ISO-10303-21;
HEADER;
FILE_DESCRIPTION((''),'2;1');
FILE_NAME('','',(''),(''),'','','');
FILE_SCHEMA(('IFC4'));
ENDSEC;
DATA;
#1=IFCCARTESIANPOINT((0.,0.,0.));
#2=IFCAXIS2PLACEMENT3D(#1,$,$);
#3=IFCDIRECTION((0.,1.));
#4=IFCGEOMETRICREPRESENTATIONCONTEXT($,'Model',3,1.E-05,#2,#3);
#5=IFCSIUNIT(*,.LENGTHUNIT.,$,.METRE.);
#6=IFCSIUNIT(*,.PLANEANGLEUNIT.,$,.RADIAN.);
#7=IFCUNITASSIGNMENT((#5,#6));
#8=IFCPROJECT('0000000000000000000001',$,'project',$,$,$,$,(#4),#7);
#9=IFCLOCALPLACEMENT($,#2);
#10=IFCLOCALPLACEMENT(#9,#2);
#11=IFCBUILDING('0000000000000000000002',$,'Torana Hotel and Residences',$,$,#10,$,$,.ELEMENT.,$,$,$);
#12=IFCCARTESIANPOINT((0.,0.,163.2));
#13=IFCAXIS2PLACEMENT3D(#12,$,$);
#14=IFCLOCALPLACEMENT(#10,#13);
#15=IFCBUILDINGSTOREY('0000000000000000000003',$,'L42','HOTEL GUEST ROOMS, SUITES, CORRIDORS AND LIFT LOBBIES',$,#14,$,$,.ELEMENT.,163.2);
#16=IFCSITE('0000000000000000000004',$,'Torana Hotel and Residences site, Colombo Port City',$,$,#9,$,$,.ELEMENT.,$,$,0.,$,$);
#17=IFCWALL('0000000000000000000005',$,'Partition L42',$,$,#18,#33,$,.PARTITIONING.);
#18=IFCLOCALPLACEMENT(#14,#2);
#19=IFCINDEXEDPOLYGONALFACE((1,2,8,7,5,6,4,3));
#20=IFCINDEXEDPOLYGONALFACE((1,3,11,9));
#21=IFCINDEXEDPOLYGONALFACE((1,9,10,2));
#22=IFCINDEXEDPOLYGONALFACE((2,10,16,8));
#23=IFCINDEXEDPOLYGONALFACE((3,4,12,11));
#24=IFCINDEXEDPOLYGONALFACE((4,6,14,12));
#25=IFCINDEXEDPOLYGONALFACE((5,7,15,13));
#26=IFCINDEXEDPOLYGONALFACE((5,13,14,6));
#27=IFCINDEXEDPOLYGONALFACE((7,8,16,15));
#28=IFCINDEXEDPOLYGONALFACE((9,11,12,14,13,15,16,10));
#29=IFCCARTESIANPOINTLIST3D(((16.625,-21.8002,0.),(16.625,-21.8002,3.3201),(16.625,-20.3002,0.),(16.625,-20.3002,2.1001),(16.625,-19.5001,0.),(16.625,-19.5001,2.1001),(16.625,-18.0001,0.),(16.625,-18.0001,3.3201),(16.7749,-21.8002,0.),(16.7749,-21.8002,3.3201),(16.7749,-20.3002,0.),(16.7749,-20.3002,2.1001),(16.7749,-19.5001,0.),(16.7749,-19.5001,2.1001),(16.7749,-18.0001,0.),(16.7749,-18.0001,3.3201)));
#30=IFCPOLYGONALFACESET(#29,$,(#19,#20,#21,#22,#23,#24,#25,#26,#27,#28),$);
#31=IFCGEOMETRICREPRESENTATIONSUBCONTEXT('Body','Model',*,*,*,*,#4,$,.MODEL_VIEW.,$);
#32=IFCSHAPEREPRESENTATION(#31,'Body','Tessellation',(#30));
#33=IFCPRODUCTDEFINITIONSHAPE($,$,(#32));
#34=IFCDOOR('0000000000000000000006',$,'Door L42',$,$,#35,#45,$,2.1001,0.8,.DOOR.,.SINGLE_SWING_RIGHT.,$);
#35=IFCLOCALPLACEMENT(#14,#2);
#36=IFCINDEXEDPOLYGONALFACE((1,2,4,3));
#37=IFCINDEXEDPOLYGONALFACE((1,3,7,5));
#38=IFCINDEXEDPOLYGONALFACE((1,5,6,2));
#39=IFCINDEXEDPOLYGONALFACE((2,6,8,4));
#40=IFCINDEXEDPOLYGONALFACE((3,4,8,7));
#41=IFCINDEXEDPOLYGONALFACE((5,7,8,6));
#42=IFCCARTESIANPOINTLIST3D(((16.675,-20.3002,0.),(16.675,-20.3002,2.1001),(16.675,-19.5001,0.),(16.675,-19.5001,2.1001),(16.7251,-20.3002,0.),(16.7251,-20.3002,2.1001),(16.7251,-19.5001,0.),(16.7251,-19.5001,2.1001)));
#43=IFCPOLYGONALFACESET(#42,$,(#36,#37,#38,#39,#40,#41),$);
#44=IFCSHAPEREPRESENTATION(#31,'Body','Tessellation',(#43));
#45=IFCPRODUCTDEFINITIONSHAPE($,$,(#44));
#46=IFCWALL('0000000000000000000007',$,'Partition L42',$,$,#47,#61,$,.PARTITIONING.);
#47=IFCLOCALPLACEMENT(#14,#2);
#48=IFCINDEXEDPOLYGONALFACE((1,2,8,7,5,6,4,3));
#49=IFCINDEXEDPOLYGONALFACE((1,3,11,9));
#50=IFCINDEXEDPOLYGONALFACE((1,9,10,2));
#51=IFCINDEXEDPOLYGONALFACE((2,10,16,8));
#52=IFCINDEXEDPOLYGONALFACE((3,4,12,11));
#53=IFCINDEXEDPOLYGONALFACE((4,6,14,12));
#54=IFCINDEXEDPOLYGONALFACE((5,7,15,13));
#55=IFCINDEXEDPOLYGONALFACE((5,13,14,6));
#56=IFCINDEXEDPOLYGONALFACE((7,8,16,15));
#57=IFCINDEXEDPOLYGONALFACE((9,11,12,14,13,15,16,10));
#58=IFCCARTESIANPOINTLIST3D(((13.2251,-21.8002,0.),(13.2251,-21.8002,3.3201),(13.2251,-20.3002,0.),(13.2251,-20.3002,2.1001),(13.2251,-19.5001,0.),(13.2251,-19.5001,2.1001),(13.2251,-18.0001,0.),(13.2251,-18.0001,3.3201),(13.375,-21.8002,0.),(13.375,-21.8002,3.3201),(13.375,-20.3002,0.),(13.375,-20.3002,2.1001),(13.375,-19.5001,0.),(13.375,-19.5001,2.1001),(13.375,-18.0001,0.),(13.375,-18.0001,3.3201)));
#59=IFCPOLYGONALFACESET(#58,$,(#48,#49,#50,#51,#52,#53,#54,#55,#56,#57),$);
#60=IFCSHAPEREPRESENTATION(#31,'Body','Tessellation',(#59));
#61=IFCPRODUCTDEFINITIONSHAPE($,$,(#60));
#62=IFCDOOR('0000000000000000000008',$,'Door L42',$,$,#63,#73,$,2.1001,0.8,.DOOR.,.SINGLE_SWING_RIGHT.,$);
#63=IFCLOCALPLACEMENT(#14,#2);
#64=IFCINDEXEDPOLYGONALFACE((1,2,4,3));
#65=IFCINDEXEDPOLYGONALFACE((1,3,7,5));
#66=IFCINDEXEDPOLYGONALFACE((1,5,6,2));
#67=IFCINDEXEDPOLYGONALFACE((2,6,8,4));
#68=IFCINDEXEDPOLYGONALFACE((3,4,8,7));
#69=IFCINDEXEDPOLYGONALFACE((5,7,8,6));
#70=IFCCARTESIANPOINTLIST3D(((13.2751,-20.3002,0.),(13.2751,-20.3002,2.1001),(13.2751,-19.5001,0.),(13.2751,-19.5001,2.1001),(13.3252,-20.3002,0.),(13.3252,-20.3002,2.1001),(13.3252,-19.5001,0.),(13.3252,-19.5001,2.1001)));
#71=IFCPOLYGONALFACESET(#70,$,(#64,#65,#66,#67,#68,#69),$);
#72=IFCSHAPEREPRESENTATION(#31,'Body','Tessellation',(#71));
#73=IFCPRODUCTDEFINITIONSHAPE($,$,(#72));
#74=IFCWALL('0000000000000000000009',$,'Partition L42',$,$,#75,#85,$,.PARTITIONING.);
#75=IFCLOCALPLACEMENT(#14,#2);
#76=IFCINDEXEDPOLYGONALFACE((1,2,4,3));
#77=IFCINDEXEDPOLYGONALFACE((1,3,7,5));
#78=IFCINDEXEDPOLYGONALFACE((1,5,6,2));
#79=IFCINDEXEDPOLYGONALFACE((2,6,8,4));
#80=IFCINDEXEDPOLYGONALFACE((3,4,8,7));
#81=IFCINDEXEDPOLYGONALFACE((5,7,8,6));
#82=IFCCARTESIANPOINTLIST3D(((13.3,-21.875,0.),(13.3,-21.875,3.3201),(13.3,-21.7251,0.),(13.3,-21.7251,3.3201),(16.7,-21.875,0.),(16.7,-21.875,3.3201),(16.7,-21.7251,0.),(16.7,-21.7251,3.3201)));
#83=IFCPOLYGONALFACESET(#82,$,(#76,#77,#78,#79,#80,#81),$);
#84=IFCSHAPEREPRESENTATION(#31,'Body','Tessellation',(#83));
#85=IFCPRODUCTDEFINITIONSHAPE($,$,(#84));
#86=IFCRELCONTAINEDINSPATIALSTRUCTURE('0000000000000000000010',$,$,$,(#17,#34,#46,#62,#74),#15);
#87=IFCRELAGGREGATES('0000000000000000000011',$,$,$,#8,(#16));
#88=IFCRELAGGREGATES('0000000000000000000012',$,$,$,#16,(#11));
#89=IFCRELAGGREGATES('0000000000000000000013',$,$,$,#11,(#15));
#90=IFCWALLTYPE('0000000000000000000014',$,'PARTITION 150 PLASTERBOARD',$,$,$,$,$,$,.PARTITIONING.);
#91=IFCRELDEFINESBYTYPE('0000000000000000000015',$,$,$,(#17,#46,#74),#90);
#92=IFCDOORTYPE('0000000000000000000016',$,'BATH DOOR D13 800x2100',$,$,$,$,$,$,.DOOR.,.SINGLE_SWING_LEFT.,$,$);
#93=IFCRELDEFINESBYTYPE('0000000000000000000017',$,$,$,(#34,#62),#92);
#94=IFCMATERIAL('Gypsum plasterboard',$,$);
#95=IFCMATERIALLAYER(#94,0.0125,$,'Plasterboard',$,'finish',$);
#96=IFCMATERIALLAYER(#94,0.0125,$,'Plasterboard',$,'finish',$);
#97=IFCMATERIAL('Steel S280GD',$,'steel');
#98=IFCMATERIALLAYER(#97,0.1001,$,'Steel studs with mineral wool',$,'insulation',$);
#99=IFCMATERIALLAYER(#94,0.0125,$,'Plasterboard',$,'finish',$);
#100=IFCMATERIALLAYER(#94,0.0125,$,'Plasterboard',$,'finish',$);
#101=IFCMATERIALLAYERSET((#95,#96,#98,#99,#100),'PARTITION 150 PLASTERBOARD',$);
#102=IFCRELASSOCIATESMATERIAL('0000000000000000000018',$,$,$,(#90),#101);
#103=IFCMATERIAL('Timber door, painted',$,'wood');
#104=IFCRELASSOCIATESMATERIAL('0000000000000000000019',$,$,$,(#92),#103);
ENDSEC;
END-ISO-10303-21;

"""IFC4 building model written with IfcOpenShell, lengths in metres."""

from ifc_helpers import new_model, si_unit, direction, frame, frame_2d, origin, place, context, subcontext, project, spatial, rectangle, extrude, material, layer, layer_set, type_object, element, fill, save


model = new_model("IFC4")

# Units and contexts
model_context = context("Model", 3, precision=1e-05, world=origin(), true_north=direction((0.0, 1.0)))
body_context = subcontext(model_context, "Body", "Model", "MODEL_VIEW")
ifc_project = project(units=[si_unit("LENGTHUNIT", "METRE"), si_unit("PLANEANGLEUNIT", "RADIAN")], contexts=[model_context])

# Site, building, storey
site_placement = place(None, origin())
site = spatial("IfcSite", under=ifc_project, at=site_placement, Name="Torana Hotel and Residences site, Colombo Port City", CompositionType="ELEMENT", RefElevation=0.0)
building_placement = place(site_placement, origin())
building = spatial("IfcBuilding", under=site, at=building_placement, Name="Torana Hotel and Residences", CompositionType="ELEMENT")
storey_placement = place(building_placement, frame((0.0, 0.0, 163.2)))
storey = spatial("IfcBuildingStorey", under=building, at=storey_placement, Name="L42", Description="HOTEL GUEST ROOMS, SUITES, CORRIDORS AND LIFT LOBBIES", CompositionType="ELEMENT", Elevation=163.2)

# Shared definitions
ifc_material_1 = material(Name="Gypsum plasterboard")
ifc_layer_1 = layer(ifc_material_1, 0.0125, Name="Plasterboard", Category="finish")
ifc_layer_2 = layer(ifc_material_1, 0.0125, Name="Plasterboard", Category="finish")
ifc_material_2 = material(Name="Steel S280GD", Category="steel")
ifc_layer_3 = layer(ifc_material_2, 0.1001, Name="Steel studs with mineral wool", Category="insulation")
ifc_layer_4 = layer(ifc_material_1, 0.0125, Name="Plasterboard", Category="finish")
ifc_layer_5 = layer(ifc_material_1, 0.0125, Name="Plasterboard", Category="finish")
ifc_layer_set_1 = layer_set([ifc_layer_1, ifc_layer_2, ifc_layer_3, ifc_layer_4, ifc_layer_5], Name="PARTITION 150 PLASTERBOARD")
wall_type_1 = type_object("IfcWallType", Name="PARTITION 150 PLASTERBOARD", PredefinedType="PARTITIONING", material=ifc_layer_set_1)

# Walls, openings, doors
wall_1_placement = place(storey_placement, frame((16.7, -21.8, 0.0), z_axis=(0.0, 0.0, 1.0), x_axis=(0.0, 1.0, 0.0)))
wall_1 = element("IfcWall", 1, at=wall_1_placement, inside=storey, type_object=wall_type_1, Name="Partition L42", PredefinedType="PARTITIONING", context=body_context, shape_type="SweptSolid", body=[
    extrude(rectangle(XDim=3.8, YDim=0.1499, at=frame_2d((1.8999, 0.0))), origin(), (0.0, 0.0, 1.0), 3.3201),
])
opening_1_placement = place(wall_1_placement, frame((1.5, 0.0, 0.0)))
opening_1 = element("IfcOpeningElement", 2, at=opening_1_placement, cuts=wall_1, PredefinedType="OPENING", context=body_context, shape_type="SweptSolid", body=[
    extrude(rectangle(XDim=0.8, YDim=2.1001, at=frame_2d((0.3999, 1.05))), frame((0.0, 0.085, 0.0), z_axis=(0.0, -1.0, 0.0), x_axis=(1.0, 0.0, 0.0)), (0.0, 0.0, 1.0), 0.1699),
])
ifc_material_3 = material(Name="Timber door, painted", Category="wood")
door_type_1 = type_object("IfcDoorType", Name="BATH DOOR D13 800x2100", OperationType="SINGLE_SWING_LEFT", PredefinedType="DOOR", material=ifc_material_3)
door_1_placement = place(opening_1_placement, origin())
door_1 = element("IfcDoor", 3, at=door_1_placement, inside=storey, type_object=door_type_1, Name="Door L42", OperationType="SINGLE_SWING_RIGHT", OverallHeight=2.1001, OverallWidth=0.8, PredefinedType="DOOR", context=body_context, shape_type="SweptSolid", body=[
    extrude(rectangle(XDim=0.8, YDim=2.1001, at=frame_2d((0.3999, 1.05))), frame((0.0, 0.0249, 0.0), z_axis=(0.0, -1.0, 0.0), x_axis=(1.0, 0.0, 0.0)), (0.0, 0.0, 1.0), 0.05),
])
fill(opening_1, door_1)
wall_2_placement = place(storey_placement, frame((13.3, -21.8, 0.0), z_axis=(0.0, 0.0, 1.0), x_axis=(0.0, 1.0, 0.0)))
wall_2 = element("IfcWall", 4, at=wall_2_placement, inside=storey, type_object=wall_type_1, Name="Partition L42", PredefinedType="PARTITIONING", context=body_context, shape_type="SweptSolid", body=[
    extrude(rectangle(XDim=3.8, YDim=0.1499, at=frame_2d((1.8999, 0.0))), origin(), (0.0, 0.0, 1.0), 3.3201),
])
opening_2_placement = place(wall_2_placement, frame((1.5, 0.0, 0.0)))
opening_2 = element("IfcOpeningElement", 5, at=opening_2_placement, cuts=wall_2, PredefinedType="OPENING", context=body_context, shape_type="SweptSolid", body=[
    extrude(rectangle(XDim=0.8, YDim=2.1001, at=frame_2d((0.3999, 1.05))), frame((0.0, 0.085, 0.0), z_axis=(0.0, -1.0, 0.0), x_axis=(1.0, 0.0, 0.0)), (0.0, 0.0, 1.0), 0.1699),
])
door_2_placement = place(opening_2_placement, origin())
door_2 = element("IfcDoor", 6, at=door_2_placement, inside=storey, type_object=door_type_1, Name="Door L42", OperationType="SINGLE_SWING_RIGHT", OverallHeight=2.1001, OverallWidth=0.8, PredefinedType="DOOR", context=body_context, shape_type="SweptSolid", body=[
    extrude(rectangle(XDim=0.8, YDim=2.1001, at=frame_2d((0.3999, 1.05))), frame((0.0, 0.0249, 0.0), z_axis=(0.0, -1.0, 0.0), x_axis=(1.0, 0.0, 0.0)), (0.0, 0.0, 1.0), 0.05),
])
fill(opening_2, door_2)

# Wall
wall_3_placement = place(storey_placement, frame((13.3, -21.8, 0.0), z_axis=(0.0, 0.0, 1.0), x_axis=(1.0, 0.0, 0.0)))
element("IfcWall", 7, at=wall_3_placement, inside=storey, type_object=wall_type_1, Name="Partition L42", PredefinedType="PARTITIONING", context=body_context, shape_type="SweptSolid", body=[
    extrude(rectangle(XDim=3.3999, YDim=0.1499, at=frame_2d((1.7, 0.0))), origin(), (0.0, 0.0, 1.0), 3.3201),
])

save(model, "model.ifc")
